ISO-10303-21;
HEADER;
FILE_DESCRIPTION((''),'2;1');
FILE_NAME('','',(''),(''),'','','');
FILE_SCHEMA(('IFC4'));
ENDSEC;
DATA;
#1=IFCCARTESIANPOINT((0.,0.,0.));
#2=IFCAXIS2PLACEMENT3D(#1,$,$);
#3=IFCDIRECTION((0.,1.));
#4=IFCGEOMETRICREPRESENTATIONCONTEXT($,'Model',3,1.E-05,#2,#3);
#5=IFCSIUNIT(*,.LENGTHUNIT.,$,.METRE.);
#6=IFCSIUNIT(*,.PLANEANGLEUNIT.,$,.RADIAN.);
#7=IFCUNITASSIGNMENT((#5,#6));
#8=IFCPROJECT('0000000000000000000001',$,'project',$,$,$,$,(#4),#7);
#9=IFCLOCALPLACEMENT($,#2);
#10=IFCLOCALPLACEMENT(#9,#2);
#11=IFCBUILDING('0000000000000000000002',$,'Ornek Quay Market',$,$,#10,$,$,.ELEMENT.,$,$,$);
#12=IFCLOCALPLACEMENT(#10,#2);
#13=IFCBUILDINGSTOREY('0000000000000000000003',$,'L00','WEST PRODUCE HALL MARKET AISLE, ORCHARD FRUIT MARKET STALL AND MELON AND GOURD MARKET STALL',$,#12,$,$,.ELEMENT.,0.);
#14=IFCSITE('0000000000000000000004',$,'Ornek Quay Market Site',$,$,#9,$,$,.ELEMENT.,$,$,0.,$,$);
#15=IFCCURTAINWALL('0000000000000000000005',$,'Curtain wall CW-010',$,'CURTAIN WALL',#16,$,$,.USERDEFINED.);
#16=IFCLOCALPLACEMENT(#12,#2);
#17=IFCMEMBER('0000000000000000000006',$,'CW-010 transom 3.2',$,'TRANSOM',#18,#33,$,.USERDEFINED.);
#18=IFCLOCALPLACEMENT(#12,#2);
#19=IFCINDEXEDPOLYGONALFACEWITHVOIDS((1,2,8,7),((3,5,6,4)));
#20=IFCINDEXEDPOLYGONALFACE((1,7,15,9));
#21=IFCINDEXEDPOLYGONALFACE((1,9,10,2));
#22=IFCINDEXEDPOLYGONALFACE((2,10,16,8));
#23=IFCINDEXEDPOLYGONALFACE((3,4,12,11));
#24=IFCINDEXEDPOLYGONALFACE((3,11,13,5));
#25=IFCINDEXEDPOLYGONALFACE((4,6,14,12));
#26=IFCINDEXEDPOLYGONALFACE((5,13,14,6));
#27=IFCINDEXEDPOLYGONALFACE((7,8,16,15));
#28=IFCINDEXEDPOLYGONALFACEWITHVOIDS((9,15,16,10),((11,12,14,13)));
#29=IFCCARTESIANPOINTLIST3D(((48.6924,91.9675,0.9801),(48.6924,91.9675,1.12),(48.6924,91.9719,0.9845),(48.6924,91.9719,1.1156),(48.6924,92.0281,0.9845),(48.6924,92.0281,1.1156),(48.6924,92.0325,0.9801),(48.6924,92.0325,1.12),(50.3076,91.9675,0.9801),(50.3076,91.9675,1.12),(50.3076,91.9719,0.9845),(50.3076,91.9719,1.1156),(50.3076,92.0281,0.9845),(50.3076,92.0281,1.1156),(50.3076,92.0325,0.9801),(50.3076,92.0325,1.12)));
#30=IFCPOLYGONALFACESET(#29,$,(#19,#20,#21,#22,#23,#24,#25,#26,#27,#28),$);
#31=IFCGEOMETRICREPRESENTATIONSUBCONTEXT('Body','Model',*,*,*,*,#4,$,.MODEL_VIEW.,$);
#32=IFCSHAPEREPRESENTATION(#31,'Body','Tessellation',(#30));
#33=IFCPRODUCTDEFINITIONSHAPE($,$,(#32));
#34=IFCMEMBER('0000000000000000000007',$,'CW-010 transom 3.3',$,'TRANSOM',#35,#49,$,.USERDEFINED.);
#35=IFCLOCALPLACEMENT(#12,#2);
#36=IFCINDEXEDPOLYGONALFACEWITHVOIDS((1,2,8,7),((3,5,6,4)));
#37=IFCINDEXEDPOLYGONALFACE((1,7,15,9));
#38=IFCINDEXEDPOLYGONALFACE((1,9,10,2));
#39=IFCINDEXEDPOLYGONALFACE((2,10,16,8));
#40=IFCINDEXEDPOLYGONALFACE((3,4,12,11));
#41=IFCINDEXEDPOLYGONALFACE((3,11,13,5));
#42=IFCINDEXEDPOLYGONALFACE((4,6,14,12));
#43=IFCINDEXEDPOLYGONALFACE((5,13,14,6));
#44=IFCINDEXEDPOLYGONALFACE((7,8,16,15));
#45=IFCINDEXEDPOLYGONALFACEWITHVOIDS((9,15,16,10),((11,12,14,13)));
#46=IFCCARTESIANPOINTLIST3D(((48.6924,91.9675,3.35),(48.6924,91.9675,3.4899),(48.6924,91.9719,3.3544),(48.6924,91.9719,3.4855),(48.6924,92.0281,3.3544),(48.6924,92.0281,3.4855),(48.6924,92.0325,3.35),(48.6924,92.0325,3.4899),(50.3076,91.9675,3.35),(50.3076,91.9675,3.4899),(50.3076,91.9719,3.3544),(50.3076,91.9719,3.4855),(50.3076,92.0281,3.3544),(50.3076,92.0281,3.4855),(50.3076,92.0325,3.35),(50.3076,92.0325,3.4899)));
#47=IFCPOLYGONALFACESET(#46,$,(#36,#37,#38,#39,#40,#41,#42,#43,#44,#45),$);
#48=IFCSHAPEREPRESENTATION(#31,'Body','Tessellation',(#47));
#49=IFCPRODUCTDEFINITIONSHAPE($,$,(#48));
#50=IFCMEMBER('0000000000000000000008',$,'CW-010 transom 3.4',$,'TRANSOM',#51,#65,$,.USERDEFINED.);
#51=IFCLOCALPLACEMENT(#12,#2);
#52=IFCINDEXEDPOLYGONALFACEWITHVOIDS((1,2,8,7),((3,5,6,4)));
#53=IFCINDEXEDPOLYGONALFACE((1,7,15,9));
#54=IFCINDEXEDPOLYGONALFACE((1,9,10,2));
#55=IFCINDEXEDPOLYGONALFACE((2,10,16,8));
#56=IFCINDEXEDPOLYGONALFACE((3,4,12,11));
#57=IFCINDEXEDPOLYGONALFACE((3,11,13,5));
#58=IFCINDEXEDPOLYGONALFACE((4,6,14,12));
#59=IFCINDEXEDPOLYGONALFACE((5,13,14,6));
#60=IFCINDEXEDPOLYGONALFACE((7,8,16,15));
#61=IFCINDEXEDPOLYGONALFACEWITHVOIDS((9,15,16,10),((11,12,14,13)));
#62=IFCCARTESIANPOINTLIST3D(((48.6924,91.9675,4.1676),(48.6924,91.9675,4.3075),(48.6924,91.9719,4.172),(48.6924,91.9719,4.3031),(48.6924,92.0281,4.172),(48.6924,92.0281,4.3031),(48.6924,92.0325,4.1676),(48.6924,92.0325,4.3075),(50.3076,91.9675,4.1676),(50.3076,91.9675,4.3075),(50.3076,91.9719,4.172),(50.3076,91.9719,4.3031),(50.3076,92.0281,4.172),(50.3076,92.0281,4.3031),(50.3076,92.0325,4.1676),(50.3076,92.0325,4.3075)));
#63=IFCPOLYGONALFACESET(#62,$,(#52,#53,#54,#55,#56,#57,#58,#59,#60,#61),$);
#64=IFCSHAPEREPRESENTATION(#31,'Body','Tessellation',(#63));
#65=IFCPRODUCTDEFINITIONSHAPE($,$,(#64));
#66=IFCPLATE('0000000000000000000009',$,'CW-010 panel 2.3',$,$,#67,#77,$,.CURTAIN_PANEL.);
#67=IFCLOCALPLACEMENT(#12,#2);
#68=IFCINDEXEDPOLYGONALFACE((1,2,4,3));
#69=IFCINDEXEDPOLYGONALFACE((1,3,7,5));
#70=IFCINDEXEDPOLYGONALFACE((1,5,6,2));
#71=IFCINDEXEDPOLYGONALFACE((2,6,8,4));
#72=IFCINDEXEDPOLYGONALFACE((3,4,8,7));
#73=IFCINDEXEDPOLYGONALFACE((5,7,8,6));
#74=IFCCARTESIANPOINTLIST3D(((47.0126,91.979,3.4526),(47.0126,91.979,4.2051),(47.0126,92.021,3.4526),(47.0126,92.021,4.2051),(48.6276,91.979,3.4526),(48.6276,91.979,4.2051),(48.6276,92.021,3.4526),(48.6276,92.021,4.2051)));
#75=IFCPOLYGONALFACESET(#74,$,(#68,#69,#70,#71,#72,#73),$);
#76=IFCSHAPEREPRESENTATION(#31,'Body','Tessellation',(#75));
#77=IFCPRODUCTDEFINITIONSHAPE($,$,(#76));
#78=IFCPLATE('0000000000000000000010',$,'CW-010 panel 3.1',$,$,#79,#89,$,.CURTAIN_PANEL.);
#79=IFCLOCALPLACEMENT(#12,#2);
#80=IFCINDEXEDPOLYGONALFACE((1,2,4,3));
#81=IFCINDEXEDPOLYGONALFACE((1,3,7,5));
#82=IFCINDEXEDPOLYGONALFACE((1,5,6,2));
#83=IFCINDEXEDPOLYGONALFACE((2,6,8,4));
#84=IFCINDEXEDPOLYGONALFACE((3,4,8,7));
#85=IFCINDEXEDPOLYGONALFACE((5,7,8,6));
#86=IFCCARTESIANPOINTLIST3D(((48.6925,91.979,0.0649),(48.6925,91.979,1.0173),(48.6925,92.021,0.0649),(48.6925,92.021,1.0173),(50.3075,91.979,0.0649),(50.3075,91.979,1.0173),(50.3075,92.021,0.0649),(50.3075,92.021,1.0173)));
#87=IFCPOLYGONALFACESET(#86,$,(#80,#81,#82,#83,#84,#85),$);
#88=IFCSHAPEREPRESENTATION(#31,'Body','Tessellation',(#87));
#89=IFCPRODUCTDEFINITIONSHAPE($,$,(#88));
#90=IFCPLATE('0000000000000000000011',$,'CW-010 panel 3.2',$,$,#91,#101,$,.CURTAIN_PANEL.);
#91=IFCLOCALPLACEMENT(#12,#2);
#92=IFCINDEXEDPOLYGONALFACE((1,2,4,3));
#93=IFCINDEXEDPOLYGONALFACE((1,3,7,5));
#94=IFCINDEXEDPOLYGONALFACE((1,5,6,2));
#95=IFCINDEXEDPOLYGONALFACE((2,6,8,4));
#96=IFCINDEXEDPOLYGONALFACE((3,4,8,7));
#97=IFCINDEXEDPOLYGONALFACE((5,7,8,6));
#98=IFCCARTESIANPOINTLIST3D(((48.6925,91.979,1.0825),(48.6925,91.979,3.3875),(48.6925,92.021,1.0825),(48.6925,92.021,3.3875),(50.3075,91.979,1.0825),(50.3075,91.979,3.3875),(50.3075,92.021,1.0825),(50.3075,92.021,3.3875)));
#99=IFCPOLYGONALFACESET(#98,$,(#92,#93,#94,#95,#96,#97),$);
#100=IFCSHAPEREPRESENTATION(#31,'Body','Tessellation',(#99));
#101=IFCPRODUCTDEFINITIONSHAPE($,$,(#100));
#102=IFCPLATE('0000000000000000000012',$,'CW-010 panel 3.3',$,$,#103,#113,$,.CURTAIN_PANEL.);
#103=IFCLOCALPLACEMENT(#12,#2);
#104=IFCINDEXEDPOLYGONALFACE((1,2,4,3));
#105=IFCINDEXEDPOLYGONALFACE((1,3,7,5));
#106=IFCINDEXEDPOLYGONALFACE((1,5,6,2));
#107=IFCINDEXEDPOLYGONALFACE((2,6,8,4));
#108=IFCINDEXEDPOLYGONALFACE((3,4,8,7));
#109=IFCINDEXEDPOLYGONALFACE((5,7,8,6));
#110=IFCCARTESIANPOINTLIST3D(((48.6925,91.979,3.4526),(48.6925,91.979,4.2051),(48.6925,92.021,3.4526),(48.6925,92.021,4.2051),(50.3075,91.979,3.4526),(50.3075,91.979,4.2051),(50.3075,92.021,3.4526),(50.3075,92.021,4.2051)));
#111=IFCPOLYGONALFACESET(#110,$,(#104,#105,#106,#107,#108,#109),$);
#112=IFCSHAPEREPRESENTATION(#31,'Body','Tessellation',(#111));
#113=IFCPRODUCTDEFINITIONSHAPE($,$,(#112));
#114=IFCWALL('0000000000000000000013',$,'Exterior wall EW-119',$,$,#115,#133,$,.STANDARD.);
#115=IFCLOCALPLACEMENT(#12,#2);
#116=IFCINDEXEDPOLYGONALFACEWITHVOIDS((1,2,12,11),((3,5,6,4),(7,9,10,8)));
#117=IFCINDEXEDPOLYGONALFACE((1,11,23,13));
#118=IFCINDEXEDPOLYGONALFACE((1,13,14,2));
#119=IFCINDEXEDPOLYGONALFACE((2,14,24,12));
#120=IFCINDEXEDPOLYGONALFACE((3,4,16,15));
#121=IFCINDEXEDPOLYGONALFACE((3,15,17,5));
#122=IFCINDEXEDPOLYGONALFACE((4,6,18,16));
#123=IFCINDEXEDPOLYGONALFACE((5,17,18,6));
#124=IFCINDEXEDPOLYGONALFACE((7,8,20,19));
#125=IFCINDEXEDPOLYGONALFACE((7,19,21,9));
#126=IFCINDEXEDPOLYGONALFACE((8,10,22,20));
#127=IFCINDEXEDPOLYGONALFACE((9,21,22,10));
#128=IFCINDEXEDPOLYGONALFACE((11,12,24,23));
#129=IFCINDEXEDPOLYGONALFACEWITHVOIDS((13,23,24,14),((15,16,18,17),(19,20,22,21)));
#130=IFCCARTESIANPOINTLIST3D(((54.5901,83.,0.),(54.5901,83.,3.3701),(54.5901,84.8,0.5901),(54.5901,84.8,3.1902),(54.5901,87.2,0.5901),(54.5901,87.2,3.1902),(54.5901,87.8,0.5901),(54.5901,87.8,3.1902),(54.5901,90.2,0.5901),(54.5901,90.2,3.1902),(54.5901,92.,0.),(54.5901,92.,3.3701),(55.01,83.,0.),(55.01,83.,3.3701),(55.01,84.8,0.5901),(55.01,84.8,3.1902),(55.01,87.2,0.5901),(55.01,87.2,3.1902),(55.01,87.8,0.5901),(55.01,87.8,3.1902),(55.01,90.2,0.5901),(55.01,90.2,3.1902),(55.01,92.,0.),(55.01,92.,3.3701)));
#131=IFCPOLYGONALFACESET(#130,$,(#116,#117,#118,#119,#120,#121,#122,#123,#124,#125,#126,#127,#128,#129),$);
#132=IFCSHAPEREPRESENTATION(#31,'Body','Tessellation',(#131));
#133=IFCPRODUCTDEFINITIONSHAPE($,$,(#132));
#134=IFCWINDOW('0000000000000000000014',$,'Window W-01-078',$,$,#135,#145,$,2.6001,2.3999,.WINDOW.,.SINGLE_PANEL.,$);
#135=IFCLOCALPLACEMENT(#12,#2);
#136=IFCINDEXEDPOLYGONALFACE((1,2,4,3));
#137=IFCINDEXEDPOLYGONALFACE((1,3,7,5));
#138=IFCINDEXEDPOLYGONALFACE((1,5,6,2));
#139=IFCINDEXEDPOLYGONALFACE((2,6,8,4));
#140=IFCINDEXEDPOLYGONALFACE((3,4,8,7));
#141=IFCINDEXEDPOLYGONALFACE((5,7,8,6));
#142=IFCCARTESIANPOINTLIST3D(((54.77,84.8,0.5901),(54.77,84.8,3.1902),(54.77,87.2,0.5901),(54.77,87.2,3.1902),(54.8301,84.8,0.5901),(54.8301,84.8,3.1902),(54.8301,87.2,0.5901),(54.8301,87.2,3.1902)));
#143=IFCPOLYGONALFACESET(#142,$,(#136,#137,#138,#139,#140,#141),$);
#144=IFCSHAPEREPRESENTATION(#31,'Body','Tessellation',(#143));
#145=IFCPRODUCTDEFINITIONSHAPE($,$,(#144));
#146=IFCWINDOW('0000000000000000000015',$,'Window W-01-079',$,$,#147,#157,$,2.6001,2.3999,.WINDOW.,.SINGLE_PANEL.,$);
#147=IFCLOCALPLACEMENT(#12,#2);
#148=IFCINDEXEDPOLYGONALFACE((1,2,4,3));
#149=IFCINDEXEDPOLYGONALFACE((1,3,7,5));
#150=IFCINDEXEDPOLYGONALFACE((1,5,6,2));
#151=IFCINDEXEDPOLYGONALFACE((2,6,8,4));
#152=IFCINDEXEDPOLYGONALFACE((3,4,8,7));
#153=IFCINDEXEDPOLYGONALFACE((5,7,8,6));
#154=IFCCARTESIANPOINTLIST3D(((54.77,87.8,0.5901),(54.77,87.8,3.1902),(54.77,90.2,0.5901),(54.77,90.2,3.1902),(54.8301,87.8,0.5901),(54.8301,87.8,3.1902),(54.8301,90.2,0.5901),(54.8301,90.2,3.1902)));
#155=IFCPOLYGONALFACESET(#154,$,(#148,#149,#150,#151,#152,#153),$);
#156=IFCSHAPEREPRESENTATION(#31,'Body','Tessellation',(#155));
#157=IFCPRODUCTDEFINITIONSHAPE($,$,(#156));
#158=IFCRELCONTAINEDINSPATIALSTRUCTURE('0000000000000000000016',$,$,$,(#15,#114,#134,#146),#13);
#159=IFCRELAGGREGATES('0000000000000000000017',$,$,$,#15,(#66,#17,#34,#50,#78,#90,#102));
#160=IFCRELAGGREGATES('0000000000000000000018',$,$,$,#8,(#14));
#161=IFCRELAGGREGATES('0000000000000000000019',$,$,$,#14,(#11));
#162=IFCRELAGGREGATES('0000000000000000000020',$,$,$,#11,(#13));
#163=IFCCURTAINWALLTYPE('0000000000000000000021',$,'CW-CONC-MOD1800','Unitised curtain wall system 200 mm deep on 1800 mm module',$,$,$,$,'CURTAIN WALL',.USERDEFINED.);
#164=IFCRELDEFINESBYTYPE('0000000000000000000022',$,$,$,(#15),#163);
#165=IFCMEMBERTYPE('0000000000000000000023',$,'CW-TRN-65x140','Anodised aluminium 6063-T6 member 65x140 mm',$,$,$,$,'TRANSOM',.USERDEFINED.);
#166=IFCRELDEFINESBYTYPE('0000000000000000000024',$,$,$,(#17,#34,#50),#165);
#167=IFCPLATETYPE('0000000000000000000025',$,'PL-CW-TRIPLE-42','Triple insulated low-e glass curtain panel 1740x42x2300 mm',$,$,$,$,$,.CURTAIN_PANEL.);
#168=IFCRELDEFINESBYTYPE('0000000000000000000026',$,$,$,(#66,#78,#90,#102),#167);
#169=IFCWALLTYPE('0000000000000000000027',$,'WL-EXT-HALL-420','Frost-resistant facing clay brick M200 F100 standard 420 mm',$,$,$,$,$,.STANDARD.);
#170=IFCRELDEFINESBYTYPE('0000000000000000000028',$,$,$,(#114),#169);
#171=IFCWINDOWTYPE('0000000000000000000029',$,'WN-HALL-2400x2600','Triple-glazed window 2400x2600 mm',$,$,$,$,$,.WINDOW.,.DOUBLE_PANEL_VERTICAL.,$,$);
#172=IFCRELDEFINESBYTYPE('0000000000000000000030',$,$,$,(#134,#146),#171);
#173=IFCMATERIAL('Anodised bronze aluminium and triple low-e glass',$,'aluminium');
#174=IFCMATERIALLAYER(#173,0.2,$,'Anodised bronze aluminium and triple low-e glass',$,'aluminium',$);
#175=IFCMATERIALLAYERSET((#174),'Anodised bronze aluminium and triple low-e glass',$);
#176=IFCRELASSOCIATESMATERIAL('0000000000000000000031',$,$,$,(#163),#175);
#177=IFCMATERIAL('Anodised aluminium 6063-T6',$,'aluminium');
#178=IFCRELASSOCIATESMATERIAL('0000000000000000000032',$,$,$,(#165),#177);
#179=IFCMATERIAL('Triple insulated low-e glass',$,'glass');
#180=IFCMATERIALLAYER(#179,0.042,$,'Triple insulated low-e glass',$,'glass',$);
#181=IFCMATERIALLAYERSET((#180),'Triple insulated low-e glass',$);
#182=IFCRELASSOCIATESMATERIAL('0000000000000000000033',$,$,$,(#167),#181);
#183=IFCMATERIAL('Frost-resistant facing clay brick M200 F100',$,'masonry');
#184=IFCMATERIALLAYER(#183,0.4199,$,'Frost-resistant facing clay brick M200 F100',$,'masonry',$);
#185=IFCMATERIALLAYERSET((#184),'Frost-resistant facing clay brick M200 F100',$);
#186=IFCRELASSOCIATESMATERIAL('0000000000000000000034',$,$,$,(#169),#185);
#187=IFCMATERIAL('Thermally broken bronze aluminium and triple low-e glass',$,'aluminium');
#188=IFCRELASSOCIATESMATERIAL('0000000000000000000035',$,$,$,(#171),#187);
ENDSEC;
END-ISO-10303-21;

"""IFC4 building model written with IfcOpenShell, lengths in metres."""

from ifc_helpers import new_model, si_unit, direction, frame, frame_2d, origin, origin_2d, place, context, subcontext, project, spatial, rectangle, hollow_rectangle, extrude, material, layer, layer_set, material_profile, profile_set, type_object, element, fill, aggregate, save


model = new_model("IFC4")

# Units and contexts
model_context = context("Model", 3, precision=1e-05, world=origin(), true_north=direction((0.0, 1.0)))
body_context = subcontext(model_context, "Body", "Model", "MODEL_VIEW")
ifc_project = project(units=[si_unit("LENGTHUNIT", "METRE"), si_unit("PLANEANGLEUNIT", "RADIAN")], contexts=[model_context])

# Site, building, storey
site_placement = place(None, origin())
site = spatial("IfcSite", under=ifc_project, at=site_placement, Name="Ornek Quay Market Site", CompositionType="ELEMENT", RefElevation=0.0)
building_placement = place(site_placement, origin())
building = spatial("IfcBuilding", under=site, at=building_placement, Name="Ornek Quay Market", CompositionType="ELEMENT")
storey_placement = place(building_placement, origin())
storey = spatial("IfcBuildingStorey", under=building, at=storey_placement, Name="L00", Description="WEST PRODUCE HALL MARKET AISLE, ORCHARD FRUIT MARKET STALL AND MELON AND GOURD MARKET STALL", CompositionType="ELEMENT", Elevation=0.0)

# Curtain wall, members, plates
ifc_material_1 = material(Name="Anodised bronze aluminium and triple low-e glass", Category="aluminium")
ifc_layer_1 = layer(ifc_material_1, 0.2, Name="Anodised bronze aluminium and triple low-e glass", Category="aluminium")
ifc_layer_set_1 = layer_set([ifc_layer_1], Name="Anodised bronze aluminium and triple low-e glass")
curtain_wall_type = type_object("IfcCurtainWallType", Name="CW-CONC-MOD1800", Description="Unitised curtain wall system 200 mm deep on 1800 mm module", ElementType="CURTAIN WALL", PredefinedType="USERDEFINED", material=ifc_layer_set_1)
curtain_wall_placement = place(storey_placement, origin())
curtain_wall = element("IfcCurtainWall", 1, at=curtain_wall_placement, inside=storey, type_object=curtain_wall_type, Name="Curtain wall CW-010", ObjectType="CURTAIN WALL", PredefinedType="USERDEFINED")
ifc_material_2 = material(Name="Anodised aluminium 6063-T6", Category="aluminium")
ifc_material_profile_1 = material_profile(ifc_material_2, hollow_rectangle(XDim=0.0649, YDim=0.1399, WallThickness=0.0044, at=origin_2d()), Name="CW-TRN-65x140", Category="aluminium")
ifc_profile_set_1 = profile_set([ifc_material_profile_1], Name="Anodised aluminium 6063-T6")
member_type_1 = type_object("IfcMemberType", Name="CW-TRN-65x140", Description="Anodised aluminium 6063-T6 member 65x140 mm", ElementType="TRANSOM", PredefinedType="USERDEFINED", material=ifc_profile_set_1)
member_1_placement = place(storey_placement, frame((48.6924, 92.0, 1.05), z_axis=(1.0, 0.0, 0.0), x_axis=(0.0, 1.0, 0.0)))
member_1 = element("IfcMember", 2, at=member_1_placement, type_object=member_type_1, Name="CW-010 transom 3.2", ObjectType="TRANSOM", PredefinedType="USERDEFINED", context=body_context, shape_type="SweptSolid", body=[
    extrude(hollow_rectangle(XDim=0.0649, YDim=0.1399, WallThickness=0.0044, at=origin_2d()), origin(), (0.0, 0.0, 1.0), 1.6152),
])
member_2_placement = place(storey_placement, frame((48.6924, 92.0, 3.4199), z_axis=(1.0, 0.0, 0.0), x_axis=(0.0, 1.0, 0.0)))
member_2 = element("IfcMember", 3, at=member_2_placement, type_object=member_type_1, Name="CW-010 transom 3.3", ObjectType="TRANSOM", PredefinedType="USERDEFINED", context=body_context, shape_type="SweptSolid", body=[
    extrude(hollow_rectangle(XDim=0.0649, YDim=0.1399, WallThickness=0.0044, at=origin_2d()), origin(), (0.0, 0.0, 1.0), 1.6152),
])
member_3_placement = place(storey_placement, frame((48.6924, 92.0, 4.2375), z_axis=(1.0, 0.0, 0.0), x_axis=(0.0, 1.0, 0.0)))
member_3 = element("IfcMember", 4, at=member_3_placement, type_object=member_type_1, Name="CW-010 transom 3.4", ObjectType="TRANSOM", PredefinedType="USERDEFINED", context=body_context, shape_type="SweptSolid", body=[
    extrude(hollow_rectangle(XDim=0.0649, YDim=0.1399, WallThickness=0.0044, at=origin_2d()), origin(), (0.0, 0.0, 1.0), 1.6152),
])
ifc_material_3 = material(Name="Triple insulated low-e glass", Category="glass")
ifc_layer_2 = layer(ifc_material_3, 0.042, Name="Triple insulated low-e glass", Category="glass")
ifc_layer_set_2 = layer_set([ifc_layer_2], Name="Triple insulated low-e glass")
plate_type = type_object("IfcPlateType", Name="PL-CW-TRIPLE-42", Description="Triple insulated low-e glass curtain panel 1740x42x2300 mm", PredefinedType="CURTAIN_PANEL", material=ifc_layer_set_2)
plate_1_placement = place(storey_placement, frame((47.8201, 92.0, 3.4526), z_axis=(0.0, 0.0, 1.0), x_axis=(1.0, 0.0, 0.0)))
plate_1 = element("IfcPlate", 5, at=plate_1_placement, type_object=plate_type, Name="CW-010 panel 2.3", PredefinedType="CURTAIN_PANEL", context=body_context, shape_type="SweptSolid", body=[
    extrude(rectangle(XDim=1.615, YDim=0.042, at=origin_2d()), origin(), (0.0, 0.0, 1.0), 0.7524),
])
plate_2_placement = place(storey_placement, frame((49.5, 92.0, 0.0649), z_axis=(0.0, 0.0, 1.0), x_axis=(1.0, 0.0, 0.0)))
plate_2 = element("IfcPlate", 6, at=plate_2_placement, type_object=plate_type, Name="CW-010 panel 3.1", PredefinedType="CURTAIN_PANEL", context=body_context, shape_type="SweptSolid", body=[
    extrude(rectangle(XDim=1.615, YDim=0.042, at=origin_2d()), origin(), (0.0, 0.0, 1.0), 0.9524),
])
plate_3_placement = place(storey_placement, frame((49.5, 92.0, 1.0825), z_axis=(0.0, 0.0, 1.0), x_axis=(1.0, 0.0, 0.0)))
plate_3 = element("IfcPlate", 7, at=plate_3_placement, type_object=plate_type, Name="CW-010 panel 3.2", PredefinedType="CURTAIN_PANEL", context=body_context, shape_type="SweptSolid", body=[
    extrude(rectangle(XDim=1.615, YDim=0.042, at=origin_2d()), origin(), (0.0, 0.0, 1.0), 2.3049),
])
plate_4_placement = place(storey_placement, frame((49.5, 92.0, 3.4526), z_axis=(0.0, 0.0, 1.0), x_axis=(1.0, 0.0, 0.0)))
plate_4 = element("IfcPlate", 8, at=plate_4_placement, type_object=plate_type, Name="CW-010 panel 3.3", PredefinedType="CURTAIN_PANEL", context=body_context, shape_type="SweptSolid", body=[
    extrude(rectangle(XDim=1.615, YDim=0.042, at=origin_2d()), origin(), (0.0, 0.0, 1.0), 0.7524),
])
aggregate(curtain_wall, [plate_1, member_1, member_2, member_3, plate_2, plate_3, plate_4])

# Wall, openings, windows
ifc_material_4 = material(Name="Frost-resistant facing clay brick M200 F100", Category="masonry")
ifc_layer_3 = layer(ifc_material_4, 0.4199, Name="Frost-resistant facing clay brick M200 F100", Category="masonry")
ifc_layer_set_3 = layer_set([ifc_layer_3], Name="Frost-resistant facing clay brick M200 F100")
wall_type = type_object("IfcWallType", Name="WL-EXT-HALL-420", Description="Frost-resistant facing clay brick M200 F100 standard 420 mm", PredefinedType="STANDARD", material=ifc_layer_set_3)
wall_placement = place(storey_placement, frame((54.8, 83.0, 0.0), z_axis=(0.0, 0.0, 1.0), x_axis=(0.0, 1.0, 0.0)))
wall = element("IfcWall", 9, at=wall_placement, inside=storey, type_object=wall_type, Name="Exterior wall EW-119", PredefinedType="STANDARD", context=body_context, shape_type="SweptSolid", body=[
    extrude(rectangle(XDim=9.0, YDim=0.4199, at=frame_2d((4.5, 0.0))), origin(), (0.0, 0.0, 1.0), 3.3701),
])
opening_1_placement = place(wall_placement, frame((1.8, 0.0, 0.5901)))
opening_1 = element("IfcOpeningElement", 10, at=opening_1_placement, cuts=wall, PredefinedType="OPENING", context=body_context, shape_type="SweptSolid", body=[
    extrude(rectangle(XDim=2.3999, YDim=2.6001, at=frame_2d((1.2, 1.3))), frame((0.0, 0.22, 0.0), z_axis=(0.0, -1.0, 0.0), x_axis=(1.0, 0.0, 0.0)), (0.0, 0.0, 1.0), 0.4399),
])
opening_2_placement = place(wall_placement, frame((4.8, 0.0, 0.5901)))
opening_2 = element("IfcOpeningElement", 11, at=opening_2_placement, cuts=wall, PredefinedType="OPENING", context=body_context, shape_type="SweptSolid", body=[
    extrude(rectangle(XDim=2.3999, YDim=2.6001, at=frame_2d((1.2, 1.3))), frame((0.0, 0.22, 0.0), z_axis=(0.0, -1.0, 0.0), x_axis=(1.0, 0.0, 0.0)), (0.0, 0.0, 1.0), 0.4399),
])
ifc_material_5 = material(Name="Thermally broken bronze aluminium and triple low-e glass", Category="aluminium")
window_type = type_object("IfcWindowType", Name="WN-HALL-2400x2600", Description="Triple-glazed window 2400x2600 mm", PartitioningType="DOUBLE_PANEL_VERTICAL", PredefinedType="WINDOW", material=ifc_material_5)
window_1_placement = place(opening_1_placement, origin())
window_1 = element("IfcWindow", 12, at=window_1_placement, inside=storey, type_object=window_type, Name="Window W-01-078", OverallHeight=2.6001, OverallWidth=2.3999, PartitioningType="SINGLE_PANEL", PredefinedType="WINDOW", context=body_context, shape_type="SweptSolid", body=[
    extrude(rectangle(XDim=2.3999, YDim=2.6001, at=frame_2d((1.2, 1.3))), frame((0.0, 0.03, 0.0), z_axis=(0.0, -1.0, 0.0), x_axis=(1.0, 0.0, 0.0)), (0.0, 0.0, 1.0), 0.0601),
])
fill(opening_1, window_1)
window_2_placement = place(opening_2_placement, origin())
window_2 = element("IfcWindow", 13, at=window_2_placement, inside=storey, type_object=window_type, Name="Window W-01-079", OverallHeight=2.6001, OverallWidth=2.3999, PartitioningType="SINGLE_PANEL", PredefinedType="WINDOW", context=body_context, shape_type="SweptSolid", body=[
    extrude(rectangle(XDim=2.3999, YDim=2.6001, at=frame_2d((1.2, 1.3))), frame((0.0, 0.03, 0.0), z_axis=(0.0, -1.0, 0.0), x_axis=(1.0, 0.0, 0.0)), (0.0, 0.0, 1.0), 0.0601),
])
fill(opening_2, window_2)

save(model, "model.ifc")
